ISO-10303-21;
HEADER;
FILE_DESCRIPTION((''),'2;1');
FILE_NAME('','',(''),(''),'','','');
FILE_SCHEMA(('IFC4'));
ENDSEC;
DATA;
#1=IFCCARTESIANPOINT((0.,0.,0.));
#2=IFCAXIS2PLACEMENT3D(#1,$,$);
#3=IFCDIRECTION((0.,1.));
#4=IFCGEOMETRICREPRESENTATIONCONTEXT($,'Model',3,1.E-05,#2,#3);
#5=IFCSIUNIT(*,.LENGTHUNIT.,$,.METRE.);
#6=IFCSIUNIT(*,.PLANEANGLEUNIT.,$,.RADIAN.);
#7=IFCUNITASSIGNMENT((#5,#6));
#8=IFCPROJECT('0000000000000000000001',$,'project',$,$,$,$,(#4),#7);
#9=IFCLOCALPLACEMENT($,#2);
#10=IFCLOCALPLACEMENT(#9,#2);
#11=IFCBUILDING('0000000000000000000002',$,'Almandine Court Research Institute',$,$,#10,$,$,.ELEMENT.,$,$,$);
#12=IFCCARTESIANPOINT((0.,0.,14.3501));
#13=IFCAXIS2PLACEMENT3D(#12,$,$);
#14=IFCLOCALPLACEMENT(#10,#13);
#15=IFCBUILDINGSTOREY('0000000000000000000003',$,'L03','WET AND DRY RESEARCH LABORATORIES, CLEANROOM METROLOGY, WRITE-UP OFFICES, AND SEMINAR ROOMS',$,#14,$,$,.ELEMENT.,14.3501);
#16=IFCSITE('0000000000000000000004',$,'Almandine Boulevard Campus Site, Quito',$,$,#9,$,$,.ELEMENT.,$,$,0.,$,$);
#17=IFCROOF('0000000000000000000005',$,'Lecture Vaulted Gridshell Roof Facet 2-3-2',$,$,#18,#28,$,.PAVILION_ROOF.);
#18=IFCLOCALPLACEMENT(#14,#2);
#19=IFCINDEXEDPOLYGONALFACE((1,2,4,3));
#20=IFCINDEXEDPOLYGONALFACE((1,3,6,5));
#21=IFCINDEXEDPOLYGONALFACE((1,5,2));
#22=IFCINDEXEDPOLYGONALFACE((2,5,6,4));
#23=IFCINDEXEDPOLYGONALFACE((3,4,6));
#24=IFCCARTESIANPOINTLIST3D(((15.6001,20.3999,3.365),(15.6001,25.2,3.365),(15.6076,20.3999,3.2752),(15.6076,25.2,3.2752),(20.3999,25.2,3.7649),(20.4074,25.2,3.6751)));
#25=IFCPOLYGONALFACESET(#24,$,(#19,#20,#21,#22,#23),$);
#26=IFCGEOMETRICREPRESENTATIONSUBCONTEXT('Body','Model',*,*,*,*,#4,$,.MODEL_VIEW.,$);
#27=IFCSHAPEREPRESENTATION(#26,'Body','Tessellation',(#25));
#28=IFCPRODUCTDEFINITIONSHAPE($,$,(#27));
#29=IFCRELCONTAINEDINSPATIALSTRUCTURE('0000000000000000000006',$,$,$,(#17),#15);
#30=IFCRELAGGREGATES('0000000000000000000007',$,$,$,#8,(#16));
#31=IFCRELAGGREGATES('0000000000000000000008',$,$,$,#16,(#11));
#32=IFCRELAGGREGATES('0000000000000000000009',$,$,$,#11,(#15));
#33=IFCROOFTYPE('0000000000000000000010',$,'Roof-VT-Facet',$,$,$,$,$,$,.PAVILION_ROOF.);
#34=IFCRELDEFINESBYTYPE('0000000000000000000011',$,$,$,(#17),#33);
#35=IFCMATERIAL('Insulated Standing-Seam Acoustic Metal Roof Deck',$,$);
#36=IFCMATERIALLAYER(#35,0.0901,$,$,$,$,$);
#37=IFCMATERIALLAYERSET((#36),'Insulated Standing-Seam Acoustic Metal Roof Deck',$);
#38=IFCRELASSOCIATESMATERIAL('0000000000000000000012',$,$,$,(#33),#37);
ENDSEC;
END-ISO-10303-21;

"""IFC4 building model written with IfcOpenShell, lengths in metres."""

from ifc_helpers import new_model, si_unit, direction, frame, origin, place, context, subcontext, project, spatial, polyline, outline, extrude, material, layer, layer_set, type_object, element, save


model = new_model("IFC4")

# Units and contexts
model_context = context("Model", 3, precision=1e-05, world=origin(), true_north=direction((0.0, 1.0)))
body_context = subcontext(model_context, "Body", "Model", "MODEL_VIEW")
ifc_project = project(units=[si_unit("LENGTHUNIT", "METRE"), si_unit("PLANEANGLEUNIT", "RADIAN")], contexts=[model_context])

# Site, building, storey
site_placement = place(None, origin())
site = spatial("IfcSite", under=ifc_project, at=site_placement, Name="Almandine Boulevard Campus Site, Quito", CompositionType="ELEMENT", RefElevation=0.0)
building_placement = place(site_placement, origin())
building = spatial("IfcBuilding", under=site, at=building_placement, Name="Almandine Court Research Institute", CompositionType="ELEMENT")
storey_placement = place(building_placement, frame((0.0, 0.0, 14.3501)))
storey = spatial("IfcBuildingStorey", under=building, at=storey_placement, Name="L03", Description="WET AND DRY RESEARCH LABORATORIES, CLEANROOM METROLOGY, WRITE-UP OFFICES, AND SEMINAR ROOMS", CompositionType="ELEMENT", Elevation=14.3501)

# Roof
ifc_material_1 = material(Name="Insulated Standing-Seam Acoustic Metal Roof Deck")
ifc_layer_1 = layer(ifc_material_1, 0.0901)
ifc_layer_set_1 = layer_set([ifc_layer_1], Name="Insulated Standing-Seam Acoustic Metal Roof Deck")
roof_type = type_object("IfcRoofType", Name="Roof-VT-Facet", PredefinedType="PAVILION_ROOF", material=ifc_layer_set_1)
roof_1_placement = place(storey_placement, frame((15.6001, 20.3999, 3.365), z_axis=(-0.083029, 0.0, 0.996547), x_axis=(0.705865, 0.705901, 0.05881)))
element("IfcRoof", 1, at=roof_1_placement, inside=storey, type_object=roof_type, Name="Lecture Vaulted Gridshell Roof Facet 2-3-2", PredefinedType="PAVILION_ROOF", context=body_context, shape_type="SweptSolid", body=[
    extrude(outline(polyline([(0.0, 0.0), (6.7999, 0.0), (3.3884, 3.3999), (0.0, 0.0)])), origin(), (0.0, 0.0, -1.0), 0.0901),
])

save(model, "model.ifc")
